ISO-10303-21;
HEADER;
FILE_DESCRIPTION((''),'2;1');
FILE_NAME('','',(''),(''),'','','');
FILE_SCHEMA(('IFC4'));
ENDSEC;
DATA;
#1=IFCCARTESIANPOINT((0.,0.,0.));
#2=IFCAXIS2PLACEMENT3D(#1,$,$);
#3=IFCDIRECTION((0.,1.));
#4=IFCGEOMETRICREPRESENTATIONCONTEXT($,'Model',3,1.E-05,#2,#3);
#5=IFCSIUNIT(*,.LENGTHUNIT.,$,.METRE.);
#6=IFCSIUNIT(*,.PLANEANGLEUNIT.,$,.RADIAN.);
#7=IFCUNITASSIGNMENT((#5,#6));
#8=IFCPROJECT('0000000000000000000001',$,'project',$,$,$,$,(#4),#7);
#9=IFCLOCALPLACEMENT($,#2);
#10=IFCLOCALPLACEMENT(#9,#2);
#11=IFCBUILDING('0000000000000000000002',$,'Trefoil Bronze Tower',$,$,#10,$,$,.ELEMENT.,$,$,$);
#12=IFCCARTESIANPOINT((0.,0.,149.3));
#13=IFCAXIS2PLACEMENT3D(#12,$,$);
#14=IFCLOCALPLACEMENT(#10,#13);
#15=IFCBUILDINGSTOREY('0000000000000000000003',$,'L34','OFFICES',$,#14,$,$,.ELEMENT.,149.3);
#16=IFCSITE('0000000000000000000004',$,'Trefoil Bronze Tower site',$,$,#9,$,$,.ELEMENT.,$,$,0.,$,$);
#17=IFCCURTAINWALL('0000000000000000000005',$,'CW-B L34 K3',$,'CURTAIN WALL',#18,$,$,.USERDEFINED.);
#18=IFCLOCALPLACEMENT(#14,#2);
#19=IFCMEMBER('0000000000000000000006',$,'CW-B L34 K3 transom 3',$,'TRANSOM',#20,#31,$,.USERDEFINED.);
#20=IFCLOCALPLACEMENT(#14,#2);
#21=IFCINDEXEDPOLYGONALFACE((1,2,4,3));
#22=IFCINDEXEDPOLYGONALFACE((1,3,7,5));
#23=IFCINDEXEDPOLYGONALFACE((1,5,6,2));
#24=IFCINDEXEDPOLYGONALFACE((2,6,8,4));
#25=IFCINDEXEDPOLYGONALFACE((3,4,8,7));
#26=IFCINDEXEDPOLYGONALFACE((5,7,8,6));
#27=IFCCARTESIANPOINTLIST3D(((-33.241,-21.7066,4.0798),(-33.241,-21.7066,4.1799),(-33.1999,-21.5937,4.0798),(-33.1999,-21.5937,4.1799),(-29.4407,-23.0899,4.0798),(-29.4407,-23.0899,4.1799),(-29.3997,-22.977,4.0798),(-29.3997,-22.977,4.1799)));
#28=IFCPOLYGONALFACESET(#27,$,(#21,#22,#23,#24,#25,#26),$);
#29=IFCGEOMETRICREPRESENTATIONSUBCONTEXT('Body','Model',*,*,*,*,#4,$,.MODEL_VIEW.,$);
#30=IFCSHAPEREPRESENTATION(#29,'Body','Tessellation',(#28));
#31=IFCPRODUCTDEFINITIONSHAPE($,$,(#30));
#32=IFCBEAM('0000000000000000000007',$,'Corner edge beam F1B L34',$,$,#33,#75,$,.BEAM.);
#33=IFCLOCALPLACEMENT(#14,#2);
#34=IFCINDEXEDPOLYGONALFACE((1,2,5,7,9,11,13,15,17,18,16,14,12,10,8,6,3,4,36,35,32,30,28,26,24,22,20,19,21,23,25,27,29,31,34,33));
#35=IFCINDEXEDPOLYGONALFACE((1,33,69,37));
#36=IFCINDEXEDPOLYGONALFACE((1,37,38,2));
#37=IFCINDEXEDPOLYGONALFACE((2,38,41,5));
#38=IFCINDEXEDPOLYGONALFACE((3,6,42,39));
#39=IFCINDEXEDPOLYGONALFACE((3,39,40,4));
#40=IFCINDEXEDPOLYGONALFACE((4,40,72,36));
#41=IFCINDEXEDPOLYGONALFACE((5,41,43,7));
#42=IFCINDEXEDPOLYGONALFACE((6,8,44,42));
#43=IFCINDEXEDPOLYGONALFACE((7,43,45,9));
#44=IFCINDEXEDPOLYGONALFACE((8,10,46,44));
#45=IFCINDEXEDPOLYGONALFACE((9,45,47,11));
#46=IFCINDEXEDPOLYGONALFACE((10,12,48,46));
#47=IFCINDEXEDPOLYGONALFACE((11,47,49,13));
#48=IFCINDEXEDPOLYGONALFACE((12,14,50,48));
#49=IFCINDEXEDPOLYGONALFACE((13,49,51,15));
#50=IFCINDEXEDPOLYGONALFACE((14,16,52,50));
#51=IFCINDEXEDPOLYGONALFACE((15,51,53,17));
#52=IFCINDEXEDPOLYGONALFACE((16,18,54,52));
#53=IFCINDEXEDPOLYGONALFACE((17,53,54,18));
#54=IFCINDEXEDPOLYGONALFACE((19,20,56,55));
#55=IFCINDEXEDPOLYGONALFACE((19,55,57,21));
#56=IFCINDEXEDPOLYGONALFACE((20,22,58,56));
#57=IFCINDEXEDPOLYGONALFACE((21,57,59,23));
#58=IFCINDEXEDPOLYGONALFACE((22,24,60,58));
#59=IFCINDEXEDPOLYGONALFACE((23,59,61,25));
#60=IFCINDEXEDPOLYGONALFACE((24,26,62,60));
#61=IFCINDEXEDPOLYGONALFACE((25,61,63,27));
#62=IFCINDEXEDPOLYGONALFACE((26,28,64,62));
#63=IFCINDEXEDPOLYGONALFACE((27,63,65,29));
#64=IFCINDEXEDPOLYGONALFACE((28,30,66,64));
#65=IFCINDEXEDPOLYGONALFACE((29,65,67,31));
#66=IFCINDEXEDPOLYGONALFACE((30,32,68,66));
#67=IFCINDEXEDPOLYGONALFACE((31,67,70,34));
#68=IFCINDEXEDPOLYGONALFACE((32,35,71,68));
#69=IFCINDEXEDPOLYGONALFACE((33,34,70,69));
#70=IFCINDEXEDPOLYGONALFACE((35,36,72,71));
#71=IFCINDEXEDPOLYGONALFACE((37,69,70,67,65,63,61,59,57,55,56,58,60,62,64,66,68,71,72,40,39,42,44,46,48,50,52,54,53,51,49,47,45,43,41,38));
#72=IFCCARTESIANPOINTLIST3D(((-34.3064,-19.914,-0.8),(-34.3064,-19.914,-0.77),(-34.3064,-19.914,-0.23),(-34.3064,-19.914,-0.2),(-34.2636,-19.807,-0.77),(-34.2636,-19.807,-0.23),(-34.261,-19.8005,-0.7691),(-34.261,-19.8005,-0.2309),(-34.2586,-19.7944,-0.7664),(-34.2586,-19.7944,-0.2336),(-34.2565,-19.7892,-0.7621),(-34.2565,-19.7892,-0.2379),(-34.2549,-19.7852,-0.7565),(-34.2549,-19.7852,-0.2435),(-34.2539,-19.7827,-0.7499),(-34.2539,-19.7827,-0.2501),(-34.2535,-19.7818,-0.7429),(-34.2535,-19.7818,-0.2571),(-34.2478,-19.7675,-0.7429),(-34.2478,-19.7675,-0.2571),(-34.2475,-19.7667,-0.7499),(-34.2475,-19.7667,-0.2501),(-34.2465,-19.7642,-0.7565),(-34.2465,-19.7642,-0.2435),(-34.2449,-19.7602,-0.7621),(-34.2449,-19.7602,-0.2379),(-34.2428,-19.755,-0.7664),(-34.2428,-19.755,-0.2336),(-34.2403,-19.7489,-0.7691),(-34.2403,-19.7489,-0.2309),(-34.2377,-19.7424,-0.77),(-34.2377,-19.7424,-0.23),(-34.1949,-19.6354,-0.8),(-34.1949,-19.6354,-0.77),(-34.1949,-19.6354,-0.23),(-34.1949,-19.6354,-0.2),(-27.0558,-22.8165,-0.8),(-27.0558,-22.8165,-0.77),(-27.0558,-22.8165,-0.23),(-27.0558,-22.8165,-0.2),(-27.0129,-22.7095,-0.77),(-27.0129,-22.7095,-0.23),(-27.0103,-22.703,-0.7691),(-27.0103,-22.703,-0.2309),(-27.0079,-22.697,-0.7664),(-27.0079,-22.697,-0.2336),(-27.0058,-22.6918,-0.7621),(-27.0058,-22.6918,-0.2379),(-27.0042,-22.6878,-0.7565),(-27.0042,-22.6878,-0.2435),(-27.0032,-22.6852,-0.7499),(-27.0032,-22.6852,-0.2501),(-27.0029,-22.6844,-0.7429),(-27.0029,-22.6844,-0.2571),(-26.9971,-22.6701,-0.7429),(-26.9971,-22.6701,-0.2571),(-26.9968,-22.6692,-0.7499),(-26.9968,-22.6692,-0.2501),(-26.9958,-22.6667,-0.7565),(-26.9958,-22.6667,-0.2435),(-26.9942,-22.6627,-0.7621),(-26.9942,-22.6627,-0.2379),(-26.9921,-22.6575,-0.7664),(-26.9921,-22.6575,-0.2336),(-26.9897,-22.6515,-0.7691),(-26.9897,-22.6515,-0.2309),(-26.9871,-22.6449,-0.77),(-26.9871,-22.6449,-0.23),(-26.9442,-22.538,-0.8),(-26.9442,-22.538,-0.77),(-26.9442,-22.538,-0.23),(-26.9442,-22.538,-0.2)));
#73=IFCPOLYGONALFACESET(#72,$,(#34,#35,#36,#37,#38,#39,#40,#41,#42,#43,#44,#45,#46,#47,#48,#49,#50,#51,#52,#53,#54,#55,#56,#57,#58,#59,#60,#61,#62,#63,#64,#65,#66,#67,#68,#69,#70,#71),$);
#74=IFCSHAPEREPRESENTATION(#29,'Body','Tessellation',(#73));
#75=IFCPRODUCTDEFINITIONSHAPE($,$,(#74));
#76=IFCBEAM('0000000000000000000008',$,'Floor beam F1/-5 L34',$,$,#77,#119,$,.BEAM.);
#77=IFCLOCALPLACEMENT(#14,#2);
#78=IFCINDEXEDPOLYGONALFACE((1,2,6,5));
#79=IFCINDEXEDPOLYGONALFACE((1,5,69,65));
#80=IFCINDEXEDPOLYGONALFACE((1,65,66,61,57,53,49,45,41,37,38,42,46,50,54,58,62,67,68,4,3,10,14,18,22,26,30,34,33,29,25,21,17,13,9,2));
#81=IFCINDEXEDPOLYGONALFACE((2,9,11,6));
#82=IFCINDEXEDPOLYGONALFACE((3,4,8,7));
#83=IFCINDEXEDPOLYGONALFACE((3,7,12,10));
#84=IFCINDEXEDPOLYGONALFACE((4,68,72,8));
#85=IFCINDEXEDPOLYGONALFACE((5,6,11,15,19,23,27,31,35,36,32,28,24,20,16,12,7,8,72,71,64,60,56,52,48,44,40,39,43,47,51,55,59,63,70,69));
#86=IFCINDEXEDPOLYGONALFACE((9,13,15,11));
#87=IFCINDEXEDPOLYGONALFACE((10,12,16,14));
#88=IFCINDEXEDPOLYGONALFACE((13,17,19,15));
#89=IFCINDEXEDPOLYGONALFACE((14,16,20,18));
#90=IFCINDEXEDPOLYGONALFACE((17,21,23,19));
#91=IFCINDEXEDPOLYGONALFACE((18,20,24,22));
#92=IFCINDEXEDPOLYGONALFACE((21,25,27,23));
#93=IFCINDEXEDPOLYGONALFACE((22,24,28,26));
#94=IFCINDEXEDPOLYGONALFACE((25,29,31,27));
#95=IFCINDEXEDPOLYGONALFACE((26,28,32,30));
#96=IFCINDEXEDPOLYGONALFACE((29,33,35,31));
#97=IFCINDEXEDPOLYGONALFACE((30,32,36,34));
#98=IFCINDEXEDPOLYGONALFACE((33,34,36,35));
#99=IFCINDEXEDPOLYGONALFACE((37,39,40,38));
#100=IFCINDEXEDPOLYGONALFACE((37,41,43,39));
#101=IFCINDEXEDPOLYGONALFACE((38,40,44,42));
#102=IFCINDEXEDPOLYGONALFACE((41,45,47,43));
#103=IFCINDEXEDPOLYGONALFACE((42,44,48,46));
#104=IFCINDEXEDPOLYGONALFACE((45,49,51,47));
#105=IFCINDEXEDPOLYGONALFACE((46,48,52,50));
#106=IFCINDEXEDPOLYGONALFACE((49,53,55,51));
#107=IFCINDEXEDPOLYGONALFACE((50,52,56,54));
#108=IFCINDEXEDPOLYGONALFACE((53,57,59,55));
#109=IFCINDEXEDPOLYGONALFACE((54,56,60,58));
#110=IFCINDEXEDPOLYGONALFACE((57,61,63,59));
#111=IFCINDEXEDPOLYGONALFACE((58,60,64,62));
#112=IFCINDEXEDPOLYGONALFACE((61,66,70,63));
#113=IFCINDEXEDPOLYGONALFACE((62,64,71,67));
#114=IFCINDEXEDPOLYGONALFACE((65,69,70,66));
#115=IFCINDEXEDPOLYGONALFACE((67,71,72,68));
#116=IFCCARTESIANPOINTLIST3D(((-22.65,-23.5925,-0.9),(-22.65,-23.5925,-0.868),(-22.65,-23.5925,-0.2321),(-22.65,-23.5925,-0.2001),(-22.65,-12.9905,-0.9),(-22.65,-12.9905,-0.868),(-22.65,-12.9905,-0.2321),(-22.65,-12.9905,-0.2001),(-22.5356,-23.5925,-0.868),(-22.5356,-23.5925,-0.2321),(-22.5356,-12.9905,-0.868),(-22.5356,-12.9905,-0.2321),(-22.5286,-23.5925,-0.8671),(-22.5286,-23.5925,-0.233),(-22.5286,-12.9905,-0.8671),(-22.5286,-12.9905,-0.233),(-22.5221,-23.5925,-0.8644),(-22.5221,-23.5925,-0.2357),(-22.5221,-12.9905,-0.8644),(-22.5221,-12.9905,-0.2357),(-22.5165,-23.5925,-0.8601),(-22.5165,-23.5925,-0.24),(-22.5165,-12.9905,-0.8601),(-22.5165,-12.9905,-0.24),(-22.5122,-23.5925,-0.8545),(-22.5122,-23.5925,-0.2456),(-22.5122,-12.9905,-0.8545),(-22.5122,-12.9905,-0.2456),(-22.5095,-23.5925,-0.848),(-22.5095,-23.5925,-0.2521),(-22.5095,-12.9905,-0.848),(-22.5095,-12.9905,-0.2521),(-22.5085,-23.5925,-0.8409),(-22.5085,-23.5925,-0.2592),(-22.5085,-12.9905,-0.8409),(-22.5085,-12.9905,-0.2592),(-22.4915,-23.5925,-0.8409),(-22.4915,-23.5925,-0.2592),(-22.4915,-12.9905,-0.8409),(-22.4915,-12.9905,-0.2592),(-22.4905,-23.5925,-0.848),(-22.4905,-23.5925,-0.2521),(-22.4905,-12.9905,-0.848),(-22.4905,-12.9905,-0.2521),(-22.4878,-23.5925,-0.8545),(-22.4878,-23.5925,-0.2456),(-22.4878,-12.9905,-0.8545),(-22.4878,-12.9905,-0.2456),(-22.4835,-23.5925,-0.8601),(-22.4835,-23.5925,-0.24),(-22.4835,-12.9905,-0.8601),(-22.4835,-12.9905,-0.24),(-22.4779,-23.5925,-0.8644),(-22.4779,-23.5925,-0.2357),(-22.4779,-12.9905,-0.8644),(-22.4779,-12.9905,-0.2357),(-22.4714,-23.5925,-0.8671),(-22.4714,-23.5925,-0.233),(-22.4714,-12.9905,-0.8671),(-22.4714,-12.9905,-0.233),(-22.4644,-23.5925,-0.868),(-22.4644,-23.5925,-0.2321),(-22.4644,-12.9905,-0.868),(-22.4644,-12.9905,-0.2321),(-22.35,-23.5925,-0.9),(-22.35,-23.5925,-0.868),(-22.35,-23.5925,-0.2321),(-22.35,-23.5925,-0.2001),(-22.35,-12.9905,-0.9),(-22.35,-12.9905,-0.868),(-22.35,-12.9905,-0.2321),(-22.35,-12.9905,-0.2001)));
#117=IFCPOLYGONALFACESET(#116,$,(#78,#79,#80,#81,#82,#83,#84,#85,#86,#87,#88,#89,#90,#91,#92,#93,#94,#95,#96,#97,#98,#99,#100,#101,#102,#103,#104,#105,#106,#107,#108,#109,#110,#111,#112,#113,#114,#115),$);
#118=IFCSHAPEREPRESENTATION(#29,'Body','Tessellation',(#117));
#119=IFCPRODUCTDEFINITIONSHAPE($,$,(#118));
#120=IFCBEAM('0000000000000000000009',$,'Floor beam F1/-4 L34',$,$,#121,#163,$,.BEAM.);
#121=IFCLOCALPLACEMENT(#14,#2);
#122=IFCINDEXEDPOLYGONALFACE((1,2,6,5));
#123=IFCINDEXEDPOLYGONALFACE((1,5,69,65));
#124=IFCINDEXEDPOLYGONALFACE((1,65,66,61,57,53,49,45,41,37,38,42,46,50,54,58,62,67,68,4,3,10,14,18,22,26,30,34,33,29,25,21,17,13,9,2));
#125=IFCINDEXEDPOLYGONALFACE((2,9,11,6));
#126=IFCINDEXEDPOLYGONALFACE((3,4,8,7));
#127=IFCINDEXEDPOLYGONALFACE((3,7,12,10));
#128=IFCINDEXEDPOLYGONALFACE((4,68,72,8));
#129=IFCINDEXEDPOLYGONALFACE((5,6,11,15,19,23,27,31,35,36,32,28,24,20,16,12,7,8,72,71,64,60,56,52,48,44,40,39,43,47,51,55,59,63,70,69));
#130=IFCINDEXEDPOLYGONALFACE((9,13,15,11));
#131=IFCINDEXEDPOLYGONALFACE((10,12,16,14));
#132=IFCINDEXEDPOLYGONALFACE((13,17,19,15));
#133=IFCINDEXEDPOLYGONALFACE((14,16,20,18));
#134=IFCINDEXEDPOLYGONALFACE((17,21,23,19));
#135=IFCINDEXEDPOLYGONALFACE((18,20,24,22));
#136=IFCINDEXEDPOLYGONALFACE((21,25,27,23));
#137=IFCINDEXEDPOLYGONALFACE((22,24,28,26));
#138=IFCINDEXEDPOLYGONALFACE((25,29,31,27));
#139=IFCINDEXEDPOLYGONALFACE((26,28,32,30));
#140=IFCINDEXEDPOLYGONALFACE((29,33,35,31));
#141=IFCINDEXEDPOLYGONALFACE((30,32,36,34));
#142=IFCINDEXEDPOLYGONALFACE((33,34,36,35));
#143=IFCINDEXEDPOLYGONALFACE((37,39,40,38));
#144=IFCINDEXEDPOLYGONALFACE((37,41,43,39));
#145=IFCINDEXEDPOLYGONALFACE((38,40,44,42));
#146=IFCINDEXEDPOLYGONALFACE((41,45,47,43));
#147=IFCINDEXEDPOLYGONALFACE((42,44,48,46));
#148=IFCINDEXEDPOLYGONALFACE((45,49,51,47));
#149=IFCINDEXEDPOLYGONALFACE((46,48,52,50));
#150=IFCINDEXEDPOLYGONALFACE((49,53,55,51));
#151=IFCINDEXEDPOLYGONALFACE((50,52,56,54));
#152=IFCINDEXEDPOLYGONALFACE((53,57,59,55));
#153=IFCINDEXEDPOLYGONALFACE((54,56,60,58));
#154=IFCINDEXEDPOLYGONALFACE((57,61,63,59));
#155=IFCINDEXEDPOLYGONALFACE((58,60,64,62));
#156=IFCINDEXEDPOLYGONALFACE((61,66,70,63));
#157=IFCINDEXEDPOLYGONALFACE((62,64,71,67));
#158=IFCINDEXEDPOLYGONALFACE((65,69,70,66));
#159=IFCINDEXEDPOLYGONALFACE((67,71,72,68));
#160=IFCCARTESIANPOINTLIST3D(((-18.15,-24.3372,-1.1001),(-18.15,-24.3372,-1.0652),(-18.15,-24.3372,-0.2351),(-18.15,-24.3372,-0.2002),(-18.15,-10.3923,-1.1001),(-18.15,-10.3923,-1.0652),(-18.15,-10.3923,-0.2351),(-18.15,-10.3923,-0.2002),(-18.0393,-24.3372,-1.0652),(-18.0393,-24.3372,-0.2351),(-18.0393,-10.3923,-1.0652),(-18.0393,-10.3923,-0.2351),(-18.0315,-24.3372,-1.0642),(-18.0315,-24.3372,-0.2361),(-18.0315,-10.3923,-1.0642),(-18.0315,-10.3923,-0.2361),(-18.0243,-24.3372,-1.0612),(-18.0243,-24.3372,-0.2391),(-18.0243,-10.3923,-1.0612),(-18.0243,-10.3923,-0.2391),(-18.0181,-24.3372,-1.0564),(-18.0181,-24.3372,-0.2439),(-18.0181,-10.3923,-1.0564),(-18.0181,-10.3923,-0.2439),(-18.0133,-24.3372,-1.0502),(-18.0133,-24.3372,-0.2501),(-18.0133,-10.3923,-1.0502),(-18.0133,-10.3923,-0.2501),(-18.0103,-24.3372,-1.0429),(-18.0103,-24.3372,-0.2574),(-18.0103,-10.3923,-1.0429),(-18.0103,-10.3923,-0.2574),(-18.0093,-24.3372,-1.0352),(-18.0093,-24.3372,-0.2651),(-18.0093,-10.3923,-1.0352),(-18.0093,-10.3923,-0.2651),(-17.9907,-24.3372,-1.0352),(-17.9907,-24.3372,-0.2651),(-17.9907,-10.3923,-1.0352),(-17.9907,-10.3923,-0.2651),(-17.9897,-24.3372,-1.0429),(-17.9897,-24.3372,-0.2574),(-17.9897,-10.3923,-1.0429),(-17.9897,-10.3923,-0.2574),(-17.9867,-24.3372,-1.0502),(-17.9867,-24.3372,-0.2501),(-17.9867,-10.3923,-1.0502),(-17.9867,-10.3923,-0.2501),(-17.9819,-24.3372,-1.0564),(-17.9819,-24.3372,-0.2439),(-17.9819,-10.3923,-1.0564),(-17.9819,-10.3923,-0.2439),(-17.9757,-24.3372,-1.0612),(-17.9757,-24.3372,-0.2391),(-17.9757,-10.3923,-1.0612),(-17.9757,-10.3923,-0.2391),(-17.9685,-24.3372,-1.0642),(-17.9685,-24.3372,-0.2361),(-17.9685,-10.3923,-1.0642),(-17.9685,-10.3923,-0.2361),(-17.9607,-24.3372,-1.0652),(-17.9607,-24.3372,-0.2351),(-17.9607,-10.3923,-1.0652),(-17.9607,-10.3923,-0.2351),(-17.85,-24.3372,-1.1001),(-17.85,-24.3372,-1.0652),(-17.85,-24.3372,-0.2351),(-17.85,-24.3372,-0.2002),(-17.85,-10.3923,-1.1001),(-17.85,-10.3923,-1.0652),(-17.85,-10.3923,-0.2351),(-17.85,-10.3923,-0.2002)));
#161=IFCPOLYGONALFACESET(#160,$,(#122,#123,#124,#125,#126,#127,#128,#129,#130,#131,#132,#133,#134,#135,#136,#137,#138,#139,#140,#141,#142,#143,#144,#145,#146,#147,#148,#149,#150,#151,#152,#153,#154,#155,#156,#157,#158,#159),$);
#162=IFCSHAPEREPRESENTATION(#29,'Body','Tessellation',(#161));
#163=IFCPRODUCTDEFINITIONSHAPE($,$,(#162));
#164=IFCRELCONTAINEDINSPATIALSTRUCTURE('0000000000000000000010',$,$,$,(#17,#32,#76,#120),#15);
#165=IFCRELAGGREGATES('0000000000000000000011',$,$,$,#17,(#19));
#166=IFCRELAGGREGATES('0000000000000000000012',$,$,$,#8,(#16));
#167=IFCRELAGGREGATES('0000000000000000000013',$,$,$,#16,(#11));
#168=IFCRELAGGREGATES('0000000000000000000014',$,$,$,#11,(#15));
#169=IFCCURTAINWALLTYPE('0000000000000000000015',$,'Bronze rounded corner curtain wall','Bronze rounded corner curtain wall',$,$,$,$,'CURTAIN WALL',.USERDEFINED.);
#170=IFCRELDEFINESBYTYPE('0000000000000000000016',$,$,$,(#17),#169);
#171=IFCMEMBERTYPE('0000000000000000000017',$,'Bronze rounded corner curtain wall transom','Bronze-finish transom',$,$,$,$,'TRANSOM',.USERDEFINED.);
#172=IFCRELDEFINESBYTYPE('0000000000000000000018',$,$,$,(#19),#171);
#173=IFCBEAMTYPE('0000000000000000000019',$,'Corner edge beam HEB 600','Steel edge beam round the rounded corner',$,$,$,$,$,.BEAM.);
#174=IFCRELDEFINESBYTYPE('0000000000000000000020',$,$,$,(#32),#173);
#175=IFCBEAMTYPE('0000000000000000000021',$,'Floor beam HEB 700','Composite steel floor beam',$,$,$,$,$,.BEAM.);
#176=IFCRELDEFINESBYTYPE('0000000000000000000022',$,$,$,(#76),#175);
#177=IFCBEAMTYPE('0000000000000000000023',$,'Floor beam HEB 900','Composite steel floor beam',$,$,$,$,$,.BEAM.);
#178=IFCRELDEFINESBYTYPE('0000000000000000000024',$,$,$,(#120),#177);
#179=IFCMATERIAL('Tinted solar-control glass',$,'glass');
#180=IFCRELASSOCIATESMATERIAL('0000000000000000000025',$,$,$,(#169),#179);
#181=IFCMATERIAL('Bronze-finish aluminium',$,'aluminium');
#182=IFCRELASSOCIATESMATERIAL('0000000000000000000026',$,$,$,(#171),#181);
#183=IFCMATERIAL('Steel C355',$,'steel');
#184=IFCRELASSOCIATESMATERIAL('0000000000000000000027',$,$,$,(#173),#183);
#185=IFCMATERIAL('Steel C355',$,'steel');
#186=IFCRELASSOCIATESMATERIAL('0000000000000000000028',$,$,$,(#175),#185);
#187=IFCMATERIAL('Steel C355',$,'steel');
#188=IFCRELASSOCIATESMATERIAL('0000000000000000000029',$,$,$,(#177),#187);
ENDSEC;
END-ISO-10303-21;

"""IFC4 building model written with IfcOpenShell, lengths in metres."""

from ifc_helpers import new_model, si_unit, direction, frame, origin, origin_2d, place, context, subcontext, project, spatial, rectangle, i_section, extrude, material, material_profile, profile_set, type_object, element, aggregate, save


model = new_model("IFC4")

# Units and contexts
model_context = context("Model", 3, precision=1e-05, world=origin(), true_north=direction((0.0, 1.0)))
body_context = subcontext(model_context, "Body", "Model", "MODEL_VIEW")
ifc_project = project(units=[si_unit("LENGTHUNIT", "METRE"), si_unit("PLANEANGLEUNIT", "RADIAN")], contexts=[model_context])

# Site, building, storey
site_placement = place(None, origin())
site = spatial("IfcSite", under=ifc_project, at=site_placement, Name="Trefoil Bronze Tower site", CompositionType="ELEMENT", RefElevation=0.0)
building_placement = place(site_placement, origin())
building = spatial("IfcBuilding", under=site, at=building_placement, Name="Trefoil Bronze Tower", CompositionType="ELEMENT")
storey_placement = place(building_placement, frame((0.0, 0.0, 149.3)))
storey = spatial("IfcBuildingStorey", under=building, at=storey_placement, Name="L34", Description="OFFICES", CompositionType="ELEMENT", Elevation=149.3)

# Curtain wall, member
ifc_material_1 = material(Name="Tinted solar-control glass", Category="glass")
curtain_wall_type_1 = type_object("IfcCurtainWallType", Name="Bronze rounded corner curtain wall", Description="Bronze rounded corner curtain wall", ElementType="CURTAIN WALL", PredefinedType="USERDEFINED", material=ifc_material_1)
curtain_wall_1_placement = place(storey_placement, origin())
curtain_wall_1 = element("IfcCurtainWall", 1, at=curtain_wall_1_placement, inside=storey, type_object=curtain_wall_type_1, Name="CW-B L34 K3", ObjectType="CURTAIN WALL", PredefinedType="USERDEFINED")
ifc_material_2 = material(Name="Bronze-finish aluminium", Category="aluminium")
ifc_material_profile_1 = material_profile(ifc_material_2, rectangle(XDim=0.1201, YDim=0.1001, at=origin_2d()), Name="CW-B transom")
ifc_profile_set_1 = profile_set([ifc_material_profile_1], Name="Bronze-finish aluminium")
member_type_1 = type_object("IfcMemberType", Name="Bronze rounded corner curtain wall transom", Description="Bronze-finish transom", ElementType="TRANSOM", PredefinedType="USERDEFINED", material=ifc_profile_set_1)
member_1_placement = place(storey_placement, frame((-33.2205, -21.6501, 4.1299), z_axis=(0.939684, -0.342044, 0.0), x_axis=(0.342044, 0.939684, 0.0)))
member_1 = element("IfcMember", 2, at=member_1_placement, type_object=member_type_1, Name="CW-B L34 K3 transom 3", ObjectType="TRANSOM", PredefinedType="USERDEFINED", context=body_context, shape_type="SweptSolid", body=[
    extrude(rectangle(XDim=0.1201, YDim=0.1001, at=origin_2d()), origin(), (0.0, 0.0, 1.0), 4.0442),
])

# Beams
ifc_material_3 = material(Name="Steel C355", Category="steel")
ifc_material_profile_2 = material_profile(ifc_material_3, i_section(OverallWidth=0.3, OverallDepth=0.6001, WebThickness=0.0154, FlangeThickness=0.03, FilletRadius=0.0271, at=origin_2d()), Name="HEB 600")
ifc_profile_set_2 = profile_set([ifc_material_profile_2], Name="Steel C355")
beam_type_1 = type_object("IfcBeamType", Name="Corner edge beam HEB 600", Description="Steel edge beam round the rounded corner", PredefinedType="BEAM", material=ifc_profile_set_2)
beam_1_placement = place(storey_placement, frame((-27.0, -22.6772, -0.5), z_axis=(-0.928375, 0.371644, 0.0), x_axis=(-0.371644, -0.928375, 0.0)))
element("IfcBeam", 3, at=beam_1_placement, inside=storey, type_object=beam_type_1, Name="Corner edge beam F1B L34", PredefinedType="BEAM", context=body_context, shape_type="SweptSolid", body=[
    extrude(i_section(OverallWidth=0.3, OverallDepth=0.6001, WebThickness=0.0154, FlangeThickness=0.03, FilletRadius=0.0271, at=origin_2d()), origin(), (0.0, 0.0, 1.0), 7.8101),
])
ifc_material_4 = material(Name="Steel C355", Category="steel")
ifc_material_profile_3 = material_profile(ifc_material_4, i_section(OverallWidth=0.3, OverallDepth=0.7, WebThickness=0.0171, FlangeThickness=0.032, FilletRadius=0.0271, at=origin_2d()), Name="HEB 700")
ifc_profile_set_3 = profile_set([ifc_material_profile_3], Name="Steel C355")
beam_type_2 = type_object("IfcBeamType", Name="Floor beam HEB 700", Description="Composite steel floor beam", PredefinedType="BEAM", material=ifc_profile_set_3)
beam_2_placement = place(storey_placement, frame((-22.5, -23.5925, -0.55), z_axis=(0.0, 1.0, 0.0), x_axis=(-1.0, 0.0, 0.0)))
element("IfcBeam", 4, at=beam_2_placement, inside=storey, type_object=beam_type_2, Name="Floor beam F1/-5 L34", PredefinedType="BEAM", context=body_context, shape_type="SweptSolid", body=[
    extrude(i_section(OverallWidth=0.3, OverallDepth=0.7, WebThickness=0.0171, FlangeThickness=0.032, FilletRadius=0.0271, at=origin_2d()), origin(), (0.0, 0.0, 1.0), 10.6021),
])
ifc_material_5 = material(Name="Steel C355", Category="steel")
ifc_material_profile_4 = material_profile(ifc_material_5, i_section(OverallWidth=0.3, OverallDepth=0.8999, WebThickness=0.0186, FlangeThickness=0.0349, FilletRadius=0.03, at=origin_2d()), Name="HEB 900")
ifc_profile_set_4 = profile_set([ifc_material_profile_4], Name="Steel C355")
beam_type_3 = type_object("IfcBeamType", Name="Floor beam HEB 900", Description="Composite steel floor beam", PredefinedType="BEAM", material=ifc_profile_set_4)
beam_3_placement = place(storey_placement, frame((-18.0, -24.3372, -0.6501), z_axis=(0.0, 1.0, 0.0), x_axis=(-1.0, 0.0, 0.0)))
element("IfcBeam", 5, at=beam_3_placement, inside=storey, type_object=beam_type_3, Name="Floor beam F1/-4 L34", PredefinedType="BEAM", context=body_context, shape_type="SweptSolid", body=[
    extrude(i_section(OverallWidth=0.3, OverallDepth=0.8999, WebThickness=0.0186, FlangeThickness=0.0349, FilletRadius=0.03, at=origin_2d()), origin(), (0.0, 0.0, 1.0), 13.9448),
])

aggregate(curtain_wall_1, [member_1])

save(model, "model.ifc")
